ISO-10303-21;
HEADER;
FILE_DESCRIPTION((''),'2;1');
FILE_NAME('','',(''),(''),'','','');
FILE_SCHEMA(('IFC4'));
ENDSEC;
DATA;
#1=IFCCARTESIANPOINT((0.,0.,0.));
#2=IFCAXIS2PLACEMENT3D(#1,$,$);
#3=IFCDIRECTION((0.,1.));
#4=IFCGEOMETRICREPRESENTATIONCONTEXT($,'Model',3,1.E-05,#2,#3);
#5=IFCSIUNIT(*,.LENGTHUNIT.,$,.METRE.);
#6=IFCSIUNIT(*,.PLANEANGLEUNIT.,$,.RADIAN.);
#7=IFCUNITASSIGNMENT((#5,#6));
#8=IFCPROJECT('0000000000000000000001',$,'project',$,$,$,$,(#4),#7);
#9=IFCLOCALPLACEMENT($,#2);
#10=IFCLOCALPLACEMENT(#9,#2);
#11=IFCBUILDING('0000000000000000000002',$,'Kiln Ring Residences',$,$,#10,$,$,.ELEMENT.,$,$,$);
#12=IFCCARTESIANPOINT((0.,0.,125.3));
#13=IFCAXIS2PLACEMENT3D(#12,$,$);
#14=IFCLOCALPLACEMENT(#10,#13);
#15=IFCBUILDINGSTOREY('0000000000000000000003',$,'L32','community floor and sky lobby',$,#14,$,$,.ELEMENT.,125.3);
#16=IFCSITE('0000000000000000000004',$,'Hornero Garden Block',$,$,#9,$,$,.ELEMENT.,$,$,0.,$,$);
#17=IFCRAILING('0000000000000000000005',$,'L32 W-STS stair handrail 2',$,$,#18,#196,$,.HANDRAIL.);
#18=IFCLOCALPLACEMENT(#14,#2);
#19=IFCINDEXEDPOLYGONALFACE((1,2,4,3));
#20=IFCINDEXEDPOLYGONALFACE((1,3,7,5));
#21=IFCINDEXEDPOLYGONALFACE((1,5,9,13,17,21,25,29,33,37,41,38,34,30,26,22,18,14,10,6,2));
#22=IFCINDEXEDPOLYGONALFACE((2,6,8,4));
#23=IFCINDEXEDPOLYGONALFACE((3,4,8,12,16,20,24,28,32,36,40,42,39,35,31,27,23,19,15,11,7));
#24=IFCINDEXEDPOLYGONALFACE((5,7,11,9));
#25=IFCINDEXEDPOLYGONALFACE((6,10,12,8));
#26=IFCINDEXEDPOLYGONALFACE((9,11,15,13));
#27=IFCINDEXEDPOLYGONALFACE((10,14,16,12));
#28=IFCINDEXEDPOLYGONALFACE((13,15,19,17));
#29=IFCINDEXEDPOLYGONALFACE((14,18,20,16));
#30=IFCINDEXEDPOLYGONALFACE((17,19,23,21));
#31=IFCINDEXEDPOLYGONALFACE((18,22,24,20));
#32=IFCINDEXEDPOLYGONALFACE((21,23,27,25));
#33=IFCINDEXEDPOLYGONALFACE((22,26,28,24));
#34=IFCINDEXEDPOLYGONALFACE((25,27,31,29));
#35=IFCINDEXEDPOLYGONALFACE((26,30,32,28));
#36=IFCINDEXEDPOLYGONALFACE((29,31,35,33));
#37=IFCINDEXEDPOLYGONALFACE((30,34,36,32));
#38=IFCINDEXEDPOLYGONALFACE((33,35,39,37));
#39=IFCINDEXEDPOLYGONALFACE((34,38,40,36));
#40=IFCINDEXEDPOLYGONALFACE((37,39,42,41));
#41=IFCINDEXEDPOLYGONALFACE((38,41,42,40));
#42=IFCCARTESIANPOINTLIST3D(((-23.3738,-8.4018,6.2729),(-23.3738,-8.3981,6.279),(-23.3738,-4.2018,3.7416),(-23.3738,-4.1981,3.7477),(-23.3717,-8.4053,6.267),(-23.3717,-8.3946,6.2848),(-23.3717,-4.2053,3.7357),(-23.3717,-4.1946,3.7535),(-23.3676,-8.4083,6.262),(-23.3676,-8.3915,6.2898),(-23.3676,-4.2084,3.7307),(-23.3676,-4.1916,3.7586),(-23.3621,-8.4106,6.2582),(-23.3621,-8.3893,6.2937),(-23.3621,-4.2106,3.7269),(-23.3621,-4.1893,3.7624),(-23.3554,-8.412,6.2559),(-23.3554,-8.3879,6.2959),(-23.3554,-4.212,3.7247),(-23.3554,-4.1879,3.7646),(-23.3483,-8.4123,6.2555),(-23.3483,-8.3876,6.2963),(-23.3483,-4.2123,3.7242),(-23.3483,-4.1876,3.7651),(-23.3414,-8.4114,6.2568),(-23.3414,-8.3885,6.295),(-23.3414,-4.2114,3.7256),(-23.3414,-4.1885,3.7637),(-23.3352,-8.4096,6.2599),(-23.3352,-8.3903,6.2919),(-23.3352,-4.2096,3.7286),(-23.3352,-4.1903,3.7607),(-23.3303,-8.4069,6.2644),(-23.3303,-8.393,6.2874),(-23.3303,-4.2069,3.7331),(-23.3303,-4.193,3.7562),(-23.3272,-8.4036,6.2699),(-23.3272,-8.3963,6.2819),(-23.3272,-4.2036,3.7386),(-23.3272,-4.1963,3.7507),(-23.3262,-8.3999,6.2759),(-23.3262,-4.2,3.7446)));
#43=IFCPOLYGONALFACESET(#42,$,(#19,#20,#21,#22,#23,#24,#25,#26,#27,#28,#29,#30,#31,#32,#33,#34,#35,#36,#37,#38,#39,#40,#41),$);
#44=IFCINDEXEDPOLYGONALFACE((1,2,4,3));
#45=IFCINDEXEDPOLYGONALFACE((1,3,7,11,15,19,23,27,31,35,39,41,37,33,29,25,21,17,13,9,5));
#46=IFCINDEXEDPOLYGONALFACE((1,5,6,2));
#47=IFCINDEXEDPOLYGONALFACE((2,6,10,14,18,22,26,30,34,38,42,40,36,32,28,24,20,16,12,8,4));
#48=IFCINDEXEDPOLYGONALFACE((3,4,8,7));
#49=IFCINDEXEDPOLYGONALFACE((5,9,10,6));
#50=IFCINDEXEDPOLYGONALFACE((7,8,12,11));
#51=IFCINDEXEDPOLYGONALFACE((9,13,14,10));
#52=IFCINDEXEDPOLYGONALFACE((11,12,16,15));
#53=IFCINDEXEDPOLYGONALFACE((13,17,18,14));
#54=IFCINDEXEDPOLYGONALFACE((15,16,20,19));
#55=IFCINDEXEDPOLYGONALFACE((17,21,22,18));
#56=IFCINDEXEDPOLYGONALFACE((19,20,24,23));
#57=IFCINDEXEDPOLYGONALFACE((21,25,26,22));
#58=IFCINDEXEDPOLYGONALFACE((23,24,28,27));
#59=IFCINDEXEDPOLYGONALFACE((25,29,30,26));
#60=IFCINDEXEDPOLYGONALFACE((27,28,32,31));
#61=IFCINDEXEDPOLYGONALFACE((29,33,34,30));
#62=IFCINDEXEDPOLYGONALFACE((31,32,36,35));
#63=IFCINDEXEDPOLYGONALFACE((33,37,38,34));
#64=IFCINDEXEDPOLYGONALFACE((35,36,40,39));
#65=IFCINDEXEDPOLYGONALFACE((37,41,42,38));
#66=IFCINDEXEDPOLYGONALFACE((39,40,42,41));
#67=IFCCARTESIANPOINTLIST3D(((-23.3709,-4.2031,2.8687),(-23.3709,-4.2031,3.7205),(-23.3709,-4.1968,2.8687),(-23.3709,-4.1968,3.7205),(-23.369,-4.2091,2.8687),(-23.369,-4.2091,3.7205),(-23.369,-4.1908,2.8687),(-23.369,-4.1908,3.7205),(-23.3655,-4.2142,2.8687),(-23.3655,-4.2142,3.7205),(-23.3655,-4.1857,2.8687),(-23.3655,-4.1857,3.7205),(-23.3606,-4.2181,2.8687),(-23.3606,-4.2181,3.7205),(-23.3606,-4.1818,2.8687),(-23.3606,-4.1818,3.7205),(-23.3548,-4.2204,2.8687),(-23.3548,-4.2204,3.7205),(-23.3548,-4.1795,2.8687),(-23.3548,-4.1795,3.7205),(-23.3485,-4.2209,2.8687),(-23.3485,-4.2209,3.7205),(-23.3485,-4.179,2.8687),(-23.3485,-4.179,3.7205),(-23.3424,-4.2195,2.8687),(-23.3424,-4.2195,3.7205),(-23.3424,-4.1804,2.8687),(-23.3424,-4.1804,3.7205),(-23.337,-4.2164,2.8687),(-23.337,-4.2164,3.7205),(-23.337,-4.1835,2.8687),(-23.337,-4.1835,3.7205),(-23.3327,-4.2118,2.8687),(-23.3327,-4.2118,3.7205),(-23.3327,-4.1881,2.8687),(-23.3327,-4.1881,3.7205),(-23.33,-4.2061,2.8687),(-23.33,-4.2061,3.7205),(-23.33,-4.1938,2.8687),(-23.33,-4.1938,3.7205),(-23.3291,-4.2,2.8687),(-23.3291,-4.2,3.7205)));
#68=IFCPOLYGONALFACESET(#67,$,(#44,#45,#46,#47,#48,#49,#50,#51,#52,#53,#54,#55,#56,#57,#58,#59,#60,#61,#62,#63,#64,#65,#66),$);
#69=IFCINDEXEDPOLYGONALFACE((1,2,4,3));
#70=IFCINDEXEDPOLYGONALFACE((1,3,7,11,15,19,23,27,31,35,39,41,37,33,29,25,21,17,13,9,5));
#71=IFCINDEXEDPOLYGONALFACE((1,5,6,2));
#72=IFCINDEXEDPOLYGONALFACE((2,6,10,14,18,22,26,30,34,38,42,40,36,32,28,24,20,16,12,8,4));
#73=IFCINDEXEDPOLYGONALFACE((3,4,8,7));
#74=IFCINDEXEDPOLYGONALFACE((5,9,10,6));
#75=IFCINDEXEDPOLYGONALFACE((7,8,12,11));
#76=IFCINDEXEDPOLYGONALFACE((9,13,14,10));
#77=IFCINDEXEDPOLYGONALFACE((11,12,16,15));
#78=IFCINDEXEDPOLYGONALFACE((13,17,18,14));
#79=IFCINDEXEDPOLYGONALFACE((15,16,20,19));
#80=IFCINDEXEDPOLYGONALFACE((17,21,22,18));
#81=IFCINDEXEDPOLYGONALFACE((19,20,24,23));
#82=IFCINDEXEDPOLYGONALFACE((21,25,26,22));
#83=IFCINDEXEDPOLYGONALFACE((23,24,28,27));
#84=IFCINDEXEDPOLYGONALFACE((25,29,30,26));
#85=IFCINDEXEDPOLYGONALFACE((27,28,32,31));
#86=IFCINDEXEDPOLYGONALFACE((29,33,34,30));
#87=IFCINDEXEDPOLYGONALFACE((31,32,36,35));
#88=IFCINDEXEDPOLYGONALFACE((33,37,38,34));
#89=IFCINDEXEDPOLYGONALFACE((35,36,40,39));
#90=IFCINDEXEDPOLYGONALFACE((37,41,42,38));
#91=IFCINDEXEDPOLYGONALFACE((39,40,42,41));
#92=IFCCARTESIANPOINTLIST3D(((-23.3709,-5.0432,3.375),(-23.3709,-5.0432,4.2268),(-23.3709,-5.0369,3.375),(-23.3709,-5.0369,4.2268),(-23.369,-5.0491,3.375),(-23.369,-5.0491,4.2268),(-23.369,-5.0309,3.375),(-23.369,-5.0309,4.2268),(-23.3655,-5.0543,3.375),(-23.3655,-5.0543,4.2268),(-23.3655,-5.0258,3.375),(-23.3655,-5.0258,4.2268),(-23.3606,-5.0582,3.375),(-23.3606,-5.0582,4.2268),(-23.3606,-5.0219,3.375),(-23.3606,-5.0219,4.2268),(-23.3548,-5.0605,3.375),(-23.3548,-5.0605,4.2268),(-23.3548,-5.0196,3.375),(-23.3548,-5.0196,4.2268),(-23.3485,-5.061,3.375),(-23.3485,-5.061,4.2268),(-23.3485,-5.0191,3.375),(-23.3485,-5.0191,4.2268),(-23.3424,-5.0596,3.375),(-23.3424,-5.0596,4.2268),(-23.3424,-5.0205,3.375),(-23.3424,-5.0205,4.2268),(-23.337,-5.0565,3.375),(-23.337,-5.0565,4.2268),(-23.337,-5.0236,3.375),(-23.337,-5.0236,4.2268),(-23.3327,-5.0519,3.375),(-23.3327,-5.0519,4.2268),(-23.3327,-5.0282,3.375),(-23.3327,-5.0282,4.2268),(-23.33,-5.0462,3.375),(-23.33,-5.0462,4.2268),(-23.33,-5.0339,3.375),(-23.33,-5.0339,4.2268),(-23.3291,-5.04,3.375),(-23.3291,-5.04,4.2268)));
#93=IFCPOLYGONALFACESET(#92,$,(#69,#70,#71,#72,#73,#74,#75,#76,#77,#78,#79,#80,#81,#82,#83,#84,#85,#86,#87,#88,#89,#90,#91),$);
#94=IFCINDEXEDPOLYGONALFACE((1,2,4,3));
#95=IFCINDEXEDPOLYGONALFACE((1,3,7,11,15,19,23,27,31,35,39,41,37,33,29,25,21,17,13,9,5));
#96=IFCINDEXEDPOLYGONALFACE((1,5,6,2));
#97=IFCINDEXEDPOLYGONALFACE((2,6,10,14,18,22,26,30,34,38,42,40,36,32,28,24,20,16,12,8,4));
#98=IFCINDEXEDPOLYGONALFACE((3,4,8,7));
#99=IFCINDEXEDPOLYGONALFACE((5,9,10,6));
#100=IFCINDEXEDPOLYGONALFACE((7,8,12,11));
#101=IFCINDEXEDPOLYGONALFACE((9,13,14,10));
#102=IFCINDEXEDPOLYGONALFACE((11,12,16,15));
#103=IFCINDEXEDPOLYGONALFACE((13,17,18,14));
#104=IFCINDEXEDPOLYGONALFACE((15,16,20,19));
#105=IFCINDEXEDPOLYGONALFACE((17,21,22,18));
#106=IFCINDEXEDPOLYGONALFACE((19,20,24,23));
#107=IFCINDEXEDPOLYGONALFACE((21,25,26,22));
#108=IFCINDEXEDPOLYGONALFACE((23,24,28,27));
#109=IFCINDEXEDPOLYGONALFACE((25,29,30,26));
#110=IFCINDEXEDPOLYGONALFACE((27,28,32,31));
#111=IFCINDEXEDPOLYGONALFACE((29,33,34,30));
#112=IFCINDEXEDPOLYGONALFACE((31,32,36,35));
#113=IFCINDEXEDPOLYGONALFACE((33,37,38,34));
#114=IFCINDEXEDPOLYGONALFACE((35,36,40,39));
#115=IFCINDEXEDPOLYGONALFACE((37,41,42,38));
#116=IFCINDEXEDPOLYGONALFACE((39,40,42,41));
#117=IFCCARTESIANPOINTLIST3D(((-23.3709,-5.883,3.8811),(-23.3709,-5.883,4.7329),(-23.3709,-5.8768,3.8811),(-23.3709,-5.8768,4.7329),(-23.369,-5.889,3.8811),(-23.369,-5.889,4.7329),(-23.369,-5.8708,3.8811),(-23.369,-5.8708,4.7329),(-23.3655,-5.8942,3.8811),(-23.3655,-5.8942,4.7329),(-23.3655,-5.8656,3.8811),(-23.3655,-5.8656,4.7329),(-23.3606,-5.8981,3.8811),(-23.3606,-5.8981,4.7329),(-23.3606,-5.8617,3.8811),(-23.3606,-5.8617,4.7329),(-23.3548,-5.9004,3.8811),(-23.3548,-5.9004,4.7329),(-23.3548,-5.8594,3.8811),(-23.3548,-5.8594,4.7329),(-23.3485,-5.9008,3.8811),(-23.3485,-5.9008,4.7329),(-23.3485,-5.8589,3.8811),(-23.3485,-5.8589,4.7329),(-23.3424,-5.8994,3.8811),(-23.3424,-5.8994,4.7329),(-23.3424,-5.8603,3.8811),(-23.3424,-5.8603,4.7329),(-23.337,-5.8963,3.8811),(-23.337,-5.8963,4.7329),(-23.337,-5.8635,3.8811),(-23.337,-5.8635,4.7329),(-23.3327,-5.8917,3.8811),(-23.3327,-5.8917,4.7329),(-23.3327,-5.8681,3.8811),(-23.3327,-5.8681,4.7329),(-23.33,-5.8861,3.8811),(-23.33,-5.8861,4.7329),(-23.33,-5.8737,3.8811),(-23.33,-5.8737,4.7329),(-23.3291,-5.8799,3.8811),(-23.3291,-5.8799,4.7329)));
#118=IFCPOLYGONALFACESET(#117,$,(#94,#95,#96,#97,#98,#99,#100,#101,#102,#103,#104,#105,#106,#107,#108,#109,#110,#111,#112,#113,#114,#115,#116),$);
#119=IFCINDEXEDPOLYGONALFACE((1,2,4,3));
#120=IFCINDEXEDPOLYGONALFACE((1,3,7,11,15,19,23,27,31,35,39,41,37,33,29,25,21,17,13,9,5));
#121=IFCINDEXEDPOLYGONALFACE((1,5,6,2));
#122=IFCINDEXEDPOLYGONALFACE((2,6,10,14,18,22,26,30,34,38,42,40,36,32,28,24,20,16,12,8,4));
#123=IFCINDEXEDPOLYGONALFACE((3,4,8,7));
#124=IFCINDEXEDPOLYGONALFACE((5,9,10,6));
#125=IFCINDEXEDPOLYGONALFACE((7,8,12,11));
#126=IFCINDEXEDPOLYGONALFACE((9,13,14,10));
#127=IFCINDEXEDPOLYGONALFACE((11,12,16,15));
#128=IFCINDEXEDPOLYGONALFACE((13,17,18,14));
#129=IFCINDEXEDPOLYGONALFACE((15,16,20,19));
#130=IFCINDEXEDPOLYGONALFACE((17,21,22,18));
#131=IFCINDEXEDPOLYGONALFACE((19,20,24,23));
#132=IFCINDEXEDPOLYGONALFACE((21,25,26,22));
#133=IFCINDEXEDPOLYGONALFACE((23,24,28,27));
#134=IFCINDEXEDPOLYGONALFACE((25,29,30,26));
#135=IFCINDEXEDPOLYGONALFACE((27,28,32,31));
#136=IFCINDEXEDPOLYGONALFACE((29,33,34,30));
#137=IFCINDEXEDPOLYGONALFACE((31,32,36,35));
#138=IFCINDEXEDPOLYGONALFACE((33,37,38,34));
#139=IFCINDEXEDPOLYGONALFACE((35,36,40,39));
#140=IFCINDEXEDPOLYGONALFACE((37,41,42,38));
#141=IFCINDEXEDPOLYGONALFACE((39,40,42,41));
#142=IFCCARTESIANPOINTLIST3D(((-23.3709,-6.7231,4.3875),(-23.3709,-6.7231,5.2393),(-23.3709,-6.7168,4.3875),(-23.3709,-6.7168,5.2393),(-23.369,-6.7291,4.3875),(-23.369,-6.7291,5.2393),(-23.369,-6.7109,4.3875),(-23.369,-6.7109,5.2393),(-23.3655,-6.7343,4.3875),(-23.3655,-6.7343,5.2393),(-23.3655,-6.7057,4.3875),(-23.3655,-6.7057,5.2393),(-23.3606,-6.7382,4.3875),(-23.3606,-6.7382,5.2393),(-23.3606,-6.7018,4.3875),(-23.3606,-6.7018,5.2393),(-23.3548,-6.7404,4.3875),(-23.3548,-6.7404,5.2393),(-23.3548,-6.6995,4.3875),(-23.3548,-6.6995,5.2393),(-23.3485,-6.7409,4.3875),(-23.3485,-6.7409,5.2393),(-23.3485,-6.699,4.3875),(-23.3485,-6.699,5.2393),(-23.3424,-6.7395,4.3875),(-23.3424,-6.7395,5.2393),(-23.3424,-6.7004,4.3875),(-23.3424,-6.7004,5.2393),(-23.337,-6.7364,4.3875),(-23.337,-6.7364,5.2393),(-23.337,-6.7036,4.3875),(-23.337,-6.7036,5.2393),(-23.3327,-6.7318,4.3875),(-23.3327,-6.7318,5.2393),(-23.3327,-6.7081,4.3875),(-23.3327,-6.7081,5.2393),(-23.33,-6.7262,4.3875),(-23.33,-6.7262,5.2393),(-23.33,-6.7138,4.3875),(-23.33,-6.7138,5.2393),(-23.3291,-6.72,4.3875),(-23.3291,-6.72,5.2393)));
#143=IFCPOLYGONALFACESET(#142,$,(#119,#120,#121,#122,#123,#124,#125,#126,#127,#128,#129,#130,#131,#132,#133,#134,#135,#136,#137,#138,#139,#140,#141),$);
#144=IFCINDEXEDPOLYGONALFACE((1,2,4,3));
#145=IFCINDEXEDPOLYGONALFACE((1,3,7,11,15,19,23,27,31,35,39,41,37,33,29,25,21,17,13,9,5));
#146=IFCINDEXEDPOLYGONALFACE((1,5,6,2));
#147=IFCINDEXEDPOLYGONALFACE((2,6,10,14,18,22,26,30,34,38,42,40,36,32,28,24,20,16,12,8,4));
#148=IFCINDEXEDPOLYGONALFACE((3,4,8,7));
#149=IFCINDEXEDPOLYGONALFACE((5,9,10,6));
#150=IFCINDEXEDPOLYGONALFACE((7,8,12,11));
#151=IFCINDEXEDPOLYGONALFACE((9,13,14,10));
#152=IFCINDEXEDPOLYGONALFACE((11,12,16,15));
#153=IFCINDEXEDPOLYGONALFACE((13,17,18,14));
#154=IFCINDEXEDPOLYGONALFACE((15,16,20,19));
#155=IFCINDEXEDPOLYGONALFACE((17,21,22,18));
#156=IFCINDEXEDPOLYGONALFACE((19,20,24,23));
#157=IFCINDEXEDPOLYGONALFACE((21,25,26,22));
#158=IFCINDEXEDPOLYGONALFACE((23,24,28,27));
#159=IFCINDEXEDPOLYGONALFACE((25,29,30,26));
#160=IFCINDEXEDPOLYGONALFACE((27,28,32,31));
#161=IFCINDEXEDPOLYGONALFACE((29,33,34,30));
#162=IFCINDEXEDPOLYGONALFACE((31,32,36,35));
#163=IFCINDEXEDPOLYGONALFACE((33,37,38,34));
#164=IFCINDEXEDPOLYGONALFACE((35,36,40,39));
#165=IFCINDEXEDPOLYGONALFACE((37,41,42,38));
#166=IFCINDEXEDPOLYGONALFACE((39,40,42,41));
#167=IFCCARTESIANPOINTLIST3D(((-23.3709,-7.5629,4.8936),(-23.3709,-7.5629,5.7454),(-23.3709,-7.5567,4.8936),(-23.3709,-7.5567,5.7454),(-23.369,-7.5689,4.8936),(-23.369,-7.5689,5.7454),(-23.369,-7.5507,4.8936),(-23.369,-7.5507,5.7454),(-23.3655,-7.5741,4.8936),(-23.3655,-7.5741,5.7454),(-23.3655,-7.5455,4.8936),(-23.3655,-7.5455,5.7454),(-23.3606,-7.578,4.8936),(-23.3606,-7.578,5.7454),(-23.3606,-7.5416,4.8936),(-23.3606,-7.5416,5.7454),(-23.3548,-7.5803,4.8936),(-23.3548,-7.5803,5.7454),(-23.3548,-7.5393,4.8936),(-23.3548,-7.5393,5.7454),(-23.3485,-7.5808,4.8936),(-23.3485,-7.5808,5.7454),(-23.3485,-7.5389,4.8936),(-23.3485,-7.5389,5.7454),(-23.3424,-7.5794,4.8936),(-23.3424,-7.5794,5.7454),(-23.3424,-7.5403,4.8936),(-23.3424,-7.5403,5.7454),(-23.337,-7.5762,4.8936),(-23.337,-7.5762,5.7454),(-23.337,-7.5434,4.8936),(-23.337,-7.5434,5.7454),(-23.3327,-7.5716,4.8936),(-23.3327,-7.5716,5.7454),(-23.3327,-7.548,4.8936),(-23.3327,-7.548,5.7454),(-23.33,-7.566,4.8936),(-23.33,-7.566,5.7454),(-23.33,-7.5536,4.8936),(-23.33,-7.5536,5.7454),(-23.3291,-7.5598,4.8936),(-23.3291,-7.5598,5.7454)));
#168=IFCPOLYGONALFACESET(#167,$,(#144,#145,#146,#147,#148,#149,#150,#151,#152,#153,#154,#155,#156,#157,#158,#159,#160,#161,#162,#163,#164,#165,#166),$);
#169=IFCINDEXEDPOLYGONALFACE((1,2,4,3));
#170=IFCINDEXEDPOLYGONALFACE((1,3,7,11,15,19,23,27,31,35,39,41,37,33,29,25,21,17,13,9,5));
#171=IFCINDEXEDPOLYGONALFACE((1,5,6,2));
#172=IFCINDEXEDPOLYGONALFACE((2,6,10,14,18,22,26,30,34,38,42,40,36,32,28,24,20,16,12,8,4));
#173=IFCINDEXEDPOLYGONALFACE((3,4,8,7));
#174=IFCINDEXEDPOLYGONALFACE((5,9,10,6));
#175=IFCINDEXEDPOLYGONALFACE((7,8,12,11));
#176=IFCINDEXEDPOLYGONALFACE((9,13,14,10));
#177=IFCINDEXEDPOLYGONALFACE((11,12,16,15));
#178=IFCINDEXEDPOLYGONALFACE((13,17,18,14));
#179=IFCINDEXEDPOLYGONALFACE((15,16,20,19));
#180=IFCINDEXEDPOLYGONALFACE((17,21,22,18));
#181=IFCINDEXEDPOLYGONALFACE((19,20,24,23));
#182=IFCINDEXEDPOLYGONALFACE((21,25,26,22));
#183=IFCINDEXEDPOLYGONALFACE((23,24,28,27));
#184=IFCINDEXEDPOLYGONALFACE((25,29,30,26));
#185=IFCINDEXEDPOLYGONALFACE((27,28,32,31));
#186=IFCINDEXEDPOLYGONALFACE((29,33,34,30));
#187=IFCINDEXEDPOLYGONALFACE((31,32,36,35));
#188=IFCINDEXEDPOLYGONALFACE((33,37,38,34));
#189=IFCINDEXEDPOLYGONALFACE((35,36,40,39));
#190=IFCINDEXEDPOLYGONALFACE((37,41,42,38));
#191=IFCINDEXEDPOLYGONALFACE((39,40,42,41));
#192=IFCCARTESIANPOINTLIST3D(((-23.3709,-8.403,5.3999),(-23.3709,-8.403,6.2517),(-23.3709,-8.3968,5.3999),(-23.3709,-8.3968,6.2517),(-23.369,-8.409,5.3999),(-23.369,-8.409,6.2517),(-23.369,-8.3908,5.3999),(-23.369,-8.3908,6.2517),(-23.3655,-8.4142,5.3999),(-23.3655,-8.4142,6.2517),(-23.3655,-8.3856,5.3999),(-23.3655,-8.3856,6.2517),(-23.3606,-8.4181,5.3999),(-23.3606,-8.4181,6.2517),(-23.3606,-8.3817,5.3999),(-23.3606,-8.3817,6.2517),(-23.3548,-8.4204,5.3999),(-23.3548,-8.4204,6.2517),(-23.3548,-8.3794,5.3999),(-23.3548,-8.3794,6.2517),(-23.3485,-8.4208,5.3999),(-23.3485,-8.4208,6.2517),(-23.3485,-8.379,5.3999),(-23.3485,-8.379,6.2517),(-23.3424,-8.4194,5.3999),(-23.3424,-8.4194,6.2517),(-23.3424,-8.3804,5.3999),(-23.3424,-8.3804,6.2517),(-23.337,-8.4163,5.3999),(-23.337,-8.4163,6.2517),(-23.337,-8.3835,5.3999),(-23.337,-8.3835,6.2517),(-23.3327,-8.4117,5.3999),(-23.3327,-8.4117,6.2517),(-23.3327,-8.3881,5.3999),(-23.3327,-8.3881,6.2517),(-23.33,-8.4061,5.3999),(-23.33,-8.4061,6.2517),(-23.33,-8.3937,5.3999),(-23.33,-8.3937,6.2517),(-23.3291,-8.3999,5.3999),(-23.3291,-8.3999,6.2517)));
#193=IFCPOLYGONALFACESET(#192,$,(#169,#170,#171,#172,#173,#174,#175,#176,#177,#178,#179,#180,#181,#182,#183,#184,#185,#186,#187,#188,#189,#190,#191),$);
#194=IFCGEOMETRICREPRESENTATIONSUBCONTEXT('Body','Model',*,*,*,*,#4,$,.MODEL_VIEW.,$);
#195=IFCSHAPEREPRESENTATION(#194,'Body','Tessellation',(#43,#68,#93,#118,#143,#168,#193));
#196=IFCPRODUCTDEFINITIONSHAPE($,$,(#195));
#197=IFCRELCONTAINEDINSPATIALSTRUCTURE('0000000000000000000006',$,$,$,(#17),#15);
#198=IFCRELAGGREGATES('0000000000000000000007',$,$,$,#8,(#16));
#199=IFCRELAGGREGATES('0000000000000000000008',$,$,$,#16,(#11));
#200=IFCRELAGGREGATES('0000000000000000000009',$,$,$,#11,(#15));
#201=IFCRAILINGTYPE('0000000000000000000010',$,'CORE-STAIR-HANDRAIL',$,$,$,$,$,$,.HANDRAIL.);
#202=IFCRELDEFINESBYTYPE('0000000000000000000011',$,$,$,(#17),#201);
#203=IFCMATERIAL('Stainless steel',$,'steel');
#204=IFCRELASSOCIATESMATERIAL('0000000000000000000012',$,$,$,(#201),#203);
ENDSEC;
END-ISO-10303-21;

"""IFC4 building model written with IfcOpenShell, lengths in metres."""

from ifc_helpers import new_model, si_unit, direction, frame, origin, origin_2d, place, context, subcontext, project, spatial, circle, extrude, material, type_object, element, save


model = new_model("IFC4")

# Units and contexts
model_context = context("Model", 3, precision=1e-05, world=origin(), true_north=direction((0.0, 1.0)))
body_context = subcontext(model_context, "Body", "Model", "MODEL_VIEW")
ifc_project = project(units=[si_unit("LENGTHUNIT", "METRE"), si_unit("PLANEANGLEUNIT", "RADIAN")], contexts=[model_context])

# Site, building, storey
site_placement = place(None, origin())
site = spatial("IfcSite", under=ifc_project, at=site_placement, Name="Hornero Garden Block", CompositionType="ELEMENT", RefElevation=0.0)
building_placement = place(site_placement, origin())
building = spatial("IfcBuilding", under=site, at=building_placement, Name="Kiln Ring Residences", CompositionType="ELEMENT")
storey_placement = place(building_placement, frame((0.0, 0.0, 125.3)))
storey = spatial("IfcBuildingStorey", under=building, at=storey_placement, Name="L32", Description="community floor and sky lobby", CompositionType="ELEMENT", Elevation=125.3)

# Railing
ifc_material_1 = material(Name="Stainless steel", Category="steel")
railing_type_1 = type_object("IfcRailingType", Name="CORE-STAIR-HANDRAIL", PredefinedType="HANDRAIL", material=ifc_material_1)
railing_1_placement = place(storey_placement, frame((-23.3501, -4.2, 2.8687)))
element("IfcRailing", 1, at=railing_1_placement, inside=storey, type_object=railing_type_1, Name="L32 W-STS stair handrail 2", PredefinedType="HANDRAIL", context=body_context, shape_type="SweptSolid", body=[
    extrude(circle(Radius=0.0239, at=origin_2d()), frame((0.0, 0.0, 0.876), z_axis=(0.0, -0.856476, 0.516186), x_axis=(1.0, 0.0, 0.0)), (0.0, 0.0, 1.0), 4.9038),
    extrude(circle(Radius=0.021, at=origin_2d()), origin(), (0.0, 0.0, 1.0), 0.8518),
    extrude(circle(Radius=0.021, at=origin_2d()), frame((0.0, -0.8401, 0.5063)), (0.0, 0.0, 1.0), 0.8518),
    extrude(circle(Radius=0.021, at=origin_2d()), frame((0.0, -1.6799, 1.0125)), (0.0, 0.0, 1.0), 0.8518),
    extrude(circle(Radius=0.021, at=origin_2d()), frame((0.0, -2.52, 1.5188)), (0.0, 0.0, 1.0), 0.8518),
    extrude(circle(Radius=0.021, at=origin_2d()), frame((0.0, -3.3599, 2.0249)), (0.0, 0.0, 1.0), 0.8518),
    extrude(circle(Radius=0.021, at=origin_2d()), frame((0.0, -4.2, 2.5312)), (0.0, 0.0, 1.0), 0.8518),
])

save(model, "model.ifc")
